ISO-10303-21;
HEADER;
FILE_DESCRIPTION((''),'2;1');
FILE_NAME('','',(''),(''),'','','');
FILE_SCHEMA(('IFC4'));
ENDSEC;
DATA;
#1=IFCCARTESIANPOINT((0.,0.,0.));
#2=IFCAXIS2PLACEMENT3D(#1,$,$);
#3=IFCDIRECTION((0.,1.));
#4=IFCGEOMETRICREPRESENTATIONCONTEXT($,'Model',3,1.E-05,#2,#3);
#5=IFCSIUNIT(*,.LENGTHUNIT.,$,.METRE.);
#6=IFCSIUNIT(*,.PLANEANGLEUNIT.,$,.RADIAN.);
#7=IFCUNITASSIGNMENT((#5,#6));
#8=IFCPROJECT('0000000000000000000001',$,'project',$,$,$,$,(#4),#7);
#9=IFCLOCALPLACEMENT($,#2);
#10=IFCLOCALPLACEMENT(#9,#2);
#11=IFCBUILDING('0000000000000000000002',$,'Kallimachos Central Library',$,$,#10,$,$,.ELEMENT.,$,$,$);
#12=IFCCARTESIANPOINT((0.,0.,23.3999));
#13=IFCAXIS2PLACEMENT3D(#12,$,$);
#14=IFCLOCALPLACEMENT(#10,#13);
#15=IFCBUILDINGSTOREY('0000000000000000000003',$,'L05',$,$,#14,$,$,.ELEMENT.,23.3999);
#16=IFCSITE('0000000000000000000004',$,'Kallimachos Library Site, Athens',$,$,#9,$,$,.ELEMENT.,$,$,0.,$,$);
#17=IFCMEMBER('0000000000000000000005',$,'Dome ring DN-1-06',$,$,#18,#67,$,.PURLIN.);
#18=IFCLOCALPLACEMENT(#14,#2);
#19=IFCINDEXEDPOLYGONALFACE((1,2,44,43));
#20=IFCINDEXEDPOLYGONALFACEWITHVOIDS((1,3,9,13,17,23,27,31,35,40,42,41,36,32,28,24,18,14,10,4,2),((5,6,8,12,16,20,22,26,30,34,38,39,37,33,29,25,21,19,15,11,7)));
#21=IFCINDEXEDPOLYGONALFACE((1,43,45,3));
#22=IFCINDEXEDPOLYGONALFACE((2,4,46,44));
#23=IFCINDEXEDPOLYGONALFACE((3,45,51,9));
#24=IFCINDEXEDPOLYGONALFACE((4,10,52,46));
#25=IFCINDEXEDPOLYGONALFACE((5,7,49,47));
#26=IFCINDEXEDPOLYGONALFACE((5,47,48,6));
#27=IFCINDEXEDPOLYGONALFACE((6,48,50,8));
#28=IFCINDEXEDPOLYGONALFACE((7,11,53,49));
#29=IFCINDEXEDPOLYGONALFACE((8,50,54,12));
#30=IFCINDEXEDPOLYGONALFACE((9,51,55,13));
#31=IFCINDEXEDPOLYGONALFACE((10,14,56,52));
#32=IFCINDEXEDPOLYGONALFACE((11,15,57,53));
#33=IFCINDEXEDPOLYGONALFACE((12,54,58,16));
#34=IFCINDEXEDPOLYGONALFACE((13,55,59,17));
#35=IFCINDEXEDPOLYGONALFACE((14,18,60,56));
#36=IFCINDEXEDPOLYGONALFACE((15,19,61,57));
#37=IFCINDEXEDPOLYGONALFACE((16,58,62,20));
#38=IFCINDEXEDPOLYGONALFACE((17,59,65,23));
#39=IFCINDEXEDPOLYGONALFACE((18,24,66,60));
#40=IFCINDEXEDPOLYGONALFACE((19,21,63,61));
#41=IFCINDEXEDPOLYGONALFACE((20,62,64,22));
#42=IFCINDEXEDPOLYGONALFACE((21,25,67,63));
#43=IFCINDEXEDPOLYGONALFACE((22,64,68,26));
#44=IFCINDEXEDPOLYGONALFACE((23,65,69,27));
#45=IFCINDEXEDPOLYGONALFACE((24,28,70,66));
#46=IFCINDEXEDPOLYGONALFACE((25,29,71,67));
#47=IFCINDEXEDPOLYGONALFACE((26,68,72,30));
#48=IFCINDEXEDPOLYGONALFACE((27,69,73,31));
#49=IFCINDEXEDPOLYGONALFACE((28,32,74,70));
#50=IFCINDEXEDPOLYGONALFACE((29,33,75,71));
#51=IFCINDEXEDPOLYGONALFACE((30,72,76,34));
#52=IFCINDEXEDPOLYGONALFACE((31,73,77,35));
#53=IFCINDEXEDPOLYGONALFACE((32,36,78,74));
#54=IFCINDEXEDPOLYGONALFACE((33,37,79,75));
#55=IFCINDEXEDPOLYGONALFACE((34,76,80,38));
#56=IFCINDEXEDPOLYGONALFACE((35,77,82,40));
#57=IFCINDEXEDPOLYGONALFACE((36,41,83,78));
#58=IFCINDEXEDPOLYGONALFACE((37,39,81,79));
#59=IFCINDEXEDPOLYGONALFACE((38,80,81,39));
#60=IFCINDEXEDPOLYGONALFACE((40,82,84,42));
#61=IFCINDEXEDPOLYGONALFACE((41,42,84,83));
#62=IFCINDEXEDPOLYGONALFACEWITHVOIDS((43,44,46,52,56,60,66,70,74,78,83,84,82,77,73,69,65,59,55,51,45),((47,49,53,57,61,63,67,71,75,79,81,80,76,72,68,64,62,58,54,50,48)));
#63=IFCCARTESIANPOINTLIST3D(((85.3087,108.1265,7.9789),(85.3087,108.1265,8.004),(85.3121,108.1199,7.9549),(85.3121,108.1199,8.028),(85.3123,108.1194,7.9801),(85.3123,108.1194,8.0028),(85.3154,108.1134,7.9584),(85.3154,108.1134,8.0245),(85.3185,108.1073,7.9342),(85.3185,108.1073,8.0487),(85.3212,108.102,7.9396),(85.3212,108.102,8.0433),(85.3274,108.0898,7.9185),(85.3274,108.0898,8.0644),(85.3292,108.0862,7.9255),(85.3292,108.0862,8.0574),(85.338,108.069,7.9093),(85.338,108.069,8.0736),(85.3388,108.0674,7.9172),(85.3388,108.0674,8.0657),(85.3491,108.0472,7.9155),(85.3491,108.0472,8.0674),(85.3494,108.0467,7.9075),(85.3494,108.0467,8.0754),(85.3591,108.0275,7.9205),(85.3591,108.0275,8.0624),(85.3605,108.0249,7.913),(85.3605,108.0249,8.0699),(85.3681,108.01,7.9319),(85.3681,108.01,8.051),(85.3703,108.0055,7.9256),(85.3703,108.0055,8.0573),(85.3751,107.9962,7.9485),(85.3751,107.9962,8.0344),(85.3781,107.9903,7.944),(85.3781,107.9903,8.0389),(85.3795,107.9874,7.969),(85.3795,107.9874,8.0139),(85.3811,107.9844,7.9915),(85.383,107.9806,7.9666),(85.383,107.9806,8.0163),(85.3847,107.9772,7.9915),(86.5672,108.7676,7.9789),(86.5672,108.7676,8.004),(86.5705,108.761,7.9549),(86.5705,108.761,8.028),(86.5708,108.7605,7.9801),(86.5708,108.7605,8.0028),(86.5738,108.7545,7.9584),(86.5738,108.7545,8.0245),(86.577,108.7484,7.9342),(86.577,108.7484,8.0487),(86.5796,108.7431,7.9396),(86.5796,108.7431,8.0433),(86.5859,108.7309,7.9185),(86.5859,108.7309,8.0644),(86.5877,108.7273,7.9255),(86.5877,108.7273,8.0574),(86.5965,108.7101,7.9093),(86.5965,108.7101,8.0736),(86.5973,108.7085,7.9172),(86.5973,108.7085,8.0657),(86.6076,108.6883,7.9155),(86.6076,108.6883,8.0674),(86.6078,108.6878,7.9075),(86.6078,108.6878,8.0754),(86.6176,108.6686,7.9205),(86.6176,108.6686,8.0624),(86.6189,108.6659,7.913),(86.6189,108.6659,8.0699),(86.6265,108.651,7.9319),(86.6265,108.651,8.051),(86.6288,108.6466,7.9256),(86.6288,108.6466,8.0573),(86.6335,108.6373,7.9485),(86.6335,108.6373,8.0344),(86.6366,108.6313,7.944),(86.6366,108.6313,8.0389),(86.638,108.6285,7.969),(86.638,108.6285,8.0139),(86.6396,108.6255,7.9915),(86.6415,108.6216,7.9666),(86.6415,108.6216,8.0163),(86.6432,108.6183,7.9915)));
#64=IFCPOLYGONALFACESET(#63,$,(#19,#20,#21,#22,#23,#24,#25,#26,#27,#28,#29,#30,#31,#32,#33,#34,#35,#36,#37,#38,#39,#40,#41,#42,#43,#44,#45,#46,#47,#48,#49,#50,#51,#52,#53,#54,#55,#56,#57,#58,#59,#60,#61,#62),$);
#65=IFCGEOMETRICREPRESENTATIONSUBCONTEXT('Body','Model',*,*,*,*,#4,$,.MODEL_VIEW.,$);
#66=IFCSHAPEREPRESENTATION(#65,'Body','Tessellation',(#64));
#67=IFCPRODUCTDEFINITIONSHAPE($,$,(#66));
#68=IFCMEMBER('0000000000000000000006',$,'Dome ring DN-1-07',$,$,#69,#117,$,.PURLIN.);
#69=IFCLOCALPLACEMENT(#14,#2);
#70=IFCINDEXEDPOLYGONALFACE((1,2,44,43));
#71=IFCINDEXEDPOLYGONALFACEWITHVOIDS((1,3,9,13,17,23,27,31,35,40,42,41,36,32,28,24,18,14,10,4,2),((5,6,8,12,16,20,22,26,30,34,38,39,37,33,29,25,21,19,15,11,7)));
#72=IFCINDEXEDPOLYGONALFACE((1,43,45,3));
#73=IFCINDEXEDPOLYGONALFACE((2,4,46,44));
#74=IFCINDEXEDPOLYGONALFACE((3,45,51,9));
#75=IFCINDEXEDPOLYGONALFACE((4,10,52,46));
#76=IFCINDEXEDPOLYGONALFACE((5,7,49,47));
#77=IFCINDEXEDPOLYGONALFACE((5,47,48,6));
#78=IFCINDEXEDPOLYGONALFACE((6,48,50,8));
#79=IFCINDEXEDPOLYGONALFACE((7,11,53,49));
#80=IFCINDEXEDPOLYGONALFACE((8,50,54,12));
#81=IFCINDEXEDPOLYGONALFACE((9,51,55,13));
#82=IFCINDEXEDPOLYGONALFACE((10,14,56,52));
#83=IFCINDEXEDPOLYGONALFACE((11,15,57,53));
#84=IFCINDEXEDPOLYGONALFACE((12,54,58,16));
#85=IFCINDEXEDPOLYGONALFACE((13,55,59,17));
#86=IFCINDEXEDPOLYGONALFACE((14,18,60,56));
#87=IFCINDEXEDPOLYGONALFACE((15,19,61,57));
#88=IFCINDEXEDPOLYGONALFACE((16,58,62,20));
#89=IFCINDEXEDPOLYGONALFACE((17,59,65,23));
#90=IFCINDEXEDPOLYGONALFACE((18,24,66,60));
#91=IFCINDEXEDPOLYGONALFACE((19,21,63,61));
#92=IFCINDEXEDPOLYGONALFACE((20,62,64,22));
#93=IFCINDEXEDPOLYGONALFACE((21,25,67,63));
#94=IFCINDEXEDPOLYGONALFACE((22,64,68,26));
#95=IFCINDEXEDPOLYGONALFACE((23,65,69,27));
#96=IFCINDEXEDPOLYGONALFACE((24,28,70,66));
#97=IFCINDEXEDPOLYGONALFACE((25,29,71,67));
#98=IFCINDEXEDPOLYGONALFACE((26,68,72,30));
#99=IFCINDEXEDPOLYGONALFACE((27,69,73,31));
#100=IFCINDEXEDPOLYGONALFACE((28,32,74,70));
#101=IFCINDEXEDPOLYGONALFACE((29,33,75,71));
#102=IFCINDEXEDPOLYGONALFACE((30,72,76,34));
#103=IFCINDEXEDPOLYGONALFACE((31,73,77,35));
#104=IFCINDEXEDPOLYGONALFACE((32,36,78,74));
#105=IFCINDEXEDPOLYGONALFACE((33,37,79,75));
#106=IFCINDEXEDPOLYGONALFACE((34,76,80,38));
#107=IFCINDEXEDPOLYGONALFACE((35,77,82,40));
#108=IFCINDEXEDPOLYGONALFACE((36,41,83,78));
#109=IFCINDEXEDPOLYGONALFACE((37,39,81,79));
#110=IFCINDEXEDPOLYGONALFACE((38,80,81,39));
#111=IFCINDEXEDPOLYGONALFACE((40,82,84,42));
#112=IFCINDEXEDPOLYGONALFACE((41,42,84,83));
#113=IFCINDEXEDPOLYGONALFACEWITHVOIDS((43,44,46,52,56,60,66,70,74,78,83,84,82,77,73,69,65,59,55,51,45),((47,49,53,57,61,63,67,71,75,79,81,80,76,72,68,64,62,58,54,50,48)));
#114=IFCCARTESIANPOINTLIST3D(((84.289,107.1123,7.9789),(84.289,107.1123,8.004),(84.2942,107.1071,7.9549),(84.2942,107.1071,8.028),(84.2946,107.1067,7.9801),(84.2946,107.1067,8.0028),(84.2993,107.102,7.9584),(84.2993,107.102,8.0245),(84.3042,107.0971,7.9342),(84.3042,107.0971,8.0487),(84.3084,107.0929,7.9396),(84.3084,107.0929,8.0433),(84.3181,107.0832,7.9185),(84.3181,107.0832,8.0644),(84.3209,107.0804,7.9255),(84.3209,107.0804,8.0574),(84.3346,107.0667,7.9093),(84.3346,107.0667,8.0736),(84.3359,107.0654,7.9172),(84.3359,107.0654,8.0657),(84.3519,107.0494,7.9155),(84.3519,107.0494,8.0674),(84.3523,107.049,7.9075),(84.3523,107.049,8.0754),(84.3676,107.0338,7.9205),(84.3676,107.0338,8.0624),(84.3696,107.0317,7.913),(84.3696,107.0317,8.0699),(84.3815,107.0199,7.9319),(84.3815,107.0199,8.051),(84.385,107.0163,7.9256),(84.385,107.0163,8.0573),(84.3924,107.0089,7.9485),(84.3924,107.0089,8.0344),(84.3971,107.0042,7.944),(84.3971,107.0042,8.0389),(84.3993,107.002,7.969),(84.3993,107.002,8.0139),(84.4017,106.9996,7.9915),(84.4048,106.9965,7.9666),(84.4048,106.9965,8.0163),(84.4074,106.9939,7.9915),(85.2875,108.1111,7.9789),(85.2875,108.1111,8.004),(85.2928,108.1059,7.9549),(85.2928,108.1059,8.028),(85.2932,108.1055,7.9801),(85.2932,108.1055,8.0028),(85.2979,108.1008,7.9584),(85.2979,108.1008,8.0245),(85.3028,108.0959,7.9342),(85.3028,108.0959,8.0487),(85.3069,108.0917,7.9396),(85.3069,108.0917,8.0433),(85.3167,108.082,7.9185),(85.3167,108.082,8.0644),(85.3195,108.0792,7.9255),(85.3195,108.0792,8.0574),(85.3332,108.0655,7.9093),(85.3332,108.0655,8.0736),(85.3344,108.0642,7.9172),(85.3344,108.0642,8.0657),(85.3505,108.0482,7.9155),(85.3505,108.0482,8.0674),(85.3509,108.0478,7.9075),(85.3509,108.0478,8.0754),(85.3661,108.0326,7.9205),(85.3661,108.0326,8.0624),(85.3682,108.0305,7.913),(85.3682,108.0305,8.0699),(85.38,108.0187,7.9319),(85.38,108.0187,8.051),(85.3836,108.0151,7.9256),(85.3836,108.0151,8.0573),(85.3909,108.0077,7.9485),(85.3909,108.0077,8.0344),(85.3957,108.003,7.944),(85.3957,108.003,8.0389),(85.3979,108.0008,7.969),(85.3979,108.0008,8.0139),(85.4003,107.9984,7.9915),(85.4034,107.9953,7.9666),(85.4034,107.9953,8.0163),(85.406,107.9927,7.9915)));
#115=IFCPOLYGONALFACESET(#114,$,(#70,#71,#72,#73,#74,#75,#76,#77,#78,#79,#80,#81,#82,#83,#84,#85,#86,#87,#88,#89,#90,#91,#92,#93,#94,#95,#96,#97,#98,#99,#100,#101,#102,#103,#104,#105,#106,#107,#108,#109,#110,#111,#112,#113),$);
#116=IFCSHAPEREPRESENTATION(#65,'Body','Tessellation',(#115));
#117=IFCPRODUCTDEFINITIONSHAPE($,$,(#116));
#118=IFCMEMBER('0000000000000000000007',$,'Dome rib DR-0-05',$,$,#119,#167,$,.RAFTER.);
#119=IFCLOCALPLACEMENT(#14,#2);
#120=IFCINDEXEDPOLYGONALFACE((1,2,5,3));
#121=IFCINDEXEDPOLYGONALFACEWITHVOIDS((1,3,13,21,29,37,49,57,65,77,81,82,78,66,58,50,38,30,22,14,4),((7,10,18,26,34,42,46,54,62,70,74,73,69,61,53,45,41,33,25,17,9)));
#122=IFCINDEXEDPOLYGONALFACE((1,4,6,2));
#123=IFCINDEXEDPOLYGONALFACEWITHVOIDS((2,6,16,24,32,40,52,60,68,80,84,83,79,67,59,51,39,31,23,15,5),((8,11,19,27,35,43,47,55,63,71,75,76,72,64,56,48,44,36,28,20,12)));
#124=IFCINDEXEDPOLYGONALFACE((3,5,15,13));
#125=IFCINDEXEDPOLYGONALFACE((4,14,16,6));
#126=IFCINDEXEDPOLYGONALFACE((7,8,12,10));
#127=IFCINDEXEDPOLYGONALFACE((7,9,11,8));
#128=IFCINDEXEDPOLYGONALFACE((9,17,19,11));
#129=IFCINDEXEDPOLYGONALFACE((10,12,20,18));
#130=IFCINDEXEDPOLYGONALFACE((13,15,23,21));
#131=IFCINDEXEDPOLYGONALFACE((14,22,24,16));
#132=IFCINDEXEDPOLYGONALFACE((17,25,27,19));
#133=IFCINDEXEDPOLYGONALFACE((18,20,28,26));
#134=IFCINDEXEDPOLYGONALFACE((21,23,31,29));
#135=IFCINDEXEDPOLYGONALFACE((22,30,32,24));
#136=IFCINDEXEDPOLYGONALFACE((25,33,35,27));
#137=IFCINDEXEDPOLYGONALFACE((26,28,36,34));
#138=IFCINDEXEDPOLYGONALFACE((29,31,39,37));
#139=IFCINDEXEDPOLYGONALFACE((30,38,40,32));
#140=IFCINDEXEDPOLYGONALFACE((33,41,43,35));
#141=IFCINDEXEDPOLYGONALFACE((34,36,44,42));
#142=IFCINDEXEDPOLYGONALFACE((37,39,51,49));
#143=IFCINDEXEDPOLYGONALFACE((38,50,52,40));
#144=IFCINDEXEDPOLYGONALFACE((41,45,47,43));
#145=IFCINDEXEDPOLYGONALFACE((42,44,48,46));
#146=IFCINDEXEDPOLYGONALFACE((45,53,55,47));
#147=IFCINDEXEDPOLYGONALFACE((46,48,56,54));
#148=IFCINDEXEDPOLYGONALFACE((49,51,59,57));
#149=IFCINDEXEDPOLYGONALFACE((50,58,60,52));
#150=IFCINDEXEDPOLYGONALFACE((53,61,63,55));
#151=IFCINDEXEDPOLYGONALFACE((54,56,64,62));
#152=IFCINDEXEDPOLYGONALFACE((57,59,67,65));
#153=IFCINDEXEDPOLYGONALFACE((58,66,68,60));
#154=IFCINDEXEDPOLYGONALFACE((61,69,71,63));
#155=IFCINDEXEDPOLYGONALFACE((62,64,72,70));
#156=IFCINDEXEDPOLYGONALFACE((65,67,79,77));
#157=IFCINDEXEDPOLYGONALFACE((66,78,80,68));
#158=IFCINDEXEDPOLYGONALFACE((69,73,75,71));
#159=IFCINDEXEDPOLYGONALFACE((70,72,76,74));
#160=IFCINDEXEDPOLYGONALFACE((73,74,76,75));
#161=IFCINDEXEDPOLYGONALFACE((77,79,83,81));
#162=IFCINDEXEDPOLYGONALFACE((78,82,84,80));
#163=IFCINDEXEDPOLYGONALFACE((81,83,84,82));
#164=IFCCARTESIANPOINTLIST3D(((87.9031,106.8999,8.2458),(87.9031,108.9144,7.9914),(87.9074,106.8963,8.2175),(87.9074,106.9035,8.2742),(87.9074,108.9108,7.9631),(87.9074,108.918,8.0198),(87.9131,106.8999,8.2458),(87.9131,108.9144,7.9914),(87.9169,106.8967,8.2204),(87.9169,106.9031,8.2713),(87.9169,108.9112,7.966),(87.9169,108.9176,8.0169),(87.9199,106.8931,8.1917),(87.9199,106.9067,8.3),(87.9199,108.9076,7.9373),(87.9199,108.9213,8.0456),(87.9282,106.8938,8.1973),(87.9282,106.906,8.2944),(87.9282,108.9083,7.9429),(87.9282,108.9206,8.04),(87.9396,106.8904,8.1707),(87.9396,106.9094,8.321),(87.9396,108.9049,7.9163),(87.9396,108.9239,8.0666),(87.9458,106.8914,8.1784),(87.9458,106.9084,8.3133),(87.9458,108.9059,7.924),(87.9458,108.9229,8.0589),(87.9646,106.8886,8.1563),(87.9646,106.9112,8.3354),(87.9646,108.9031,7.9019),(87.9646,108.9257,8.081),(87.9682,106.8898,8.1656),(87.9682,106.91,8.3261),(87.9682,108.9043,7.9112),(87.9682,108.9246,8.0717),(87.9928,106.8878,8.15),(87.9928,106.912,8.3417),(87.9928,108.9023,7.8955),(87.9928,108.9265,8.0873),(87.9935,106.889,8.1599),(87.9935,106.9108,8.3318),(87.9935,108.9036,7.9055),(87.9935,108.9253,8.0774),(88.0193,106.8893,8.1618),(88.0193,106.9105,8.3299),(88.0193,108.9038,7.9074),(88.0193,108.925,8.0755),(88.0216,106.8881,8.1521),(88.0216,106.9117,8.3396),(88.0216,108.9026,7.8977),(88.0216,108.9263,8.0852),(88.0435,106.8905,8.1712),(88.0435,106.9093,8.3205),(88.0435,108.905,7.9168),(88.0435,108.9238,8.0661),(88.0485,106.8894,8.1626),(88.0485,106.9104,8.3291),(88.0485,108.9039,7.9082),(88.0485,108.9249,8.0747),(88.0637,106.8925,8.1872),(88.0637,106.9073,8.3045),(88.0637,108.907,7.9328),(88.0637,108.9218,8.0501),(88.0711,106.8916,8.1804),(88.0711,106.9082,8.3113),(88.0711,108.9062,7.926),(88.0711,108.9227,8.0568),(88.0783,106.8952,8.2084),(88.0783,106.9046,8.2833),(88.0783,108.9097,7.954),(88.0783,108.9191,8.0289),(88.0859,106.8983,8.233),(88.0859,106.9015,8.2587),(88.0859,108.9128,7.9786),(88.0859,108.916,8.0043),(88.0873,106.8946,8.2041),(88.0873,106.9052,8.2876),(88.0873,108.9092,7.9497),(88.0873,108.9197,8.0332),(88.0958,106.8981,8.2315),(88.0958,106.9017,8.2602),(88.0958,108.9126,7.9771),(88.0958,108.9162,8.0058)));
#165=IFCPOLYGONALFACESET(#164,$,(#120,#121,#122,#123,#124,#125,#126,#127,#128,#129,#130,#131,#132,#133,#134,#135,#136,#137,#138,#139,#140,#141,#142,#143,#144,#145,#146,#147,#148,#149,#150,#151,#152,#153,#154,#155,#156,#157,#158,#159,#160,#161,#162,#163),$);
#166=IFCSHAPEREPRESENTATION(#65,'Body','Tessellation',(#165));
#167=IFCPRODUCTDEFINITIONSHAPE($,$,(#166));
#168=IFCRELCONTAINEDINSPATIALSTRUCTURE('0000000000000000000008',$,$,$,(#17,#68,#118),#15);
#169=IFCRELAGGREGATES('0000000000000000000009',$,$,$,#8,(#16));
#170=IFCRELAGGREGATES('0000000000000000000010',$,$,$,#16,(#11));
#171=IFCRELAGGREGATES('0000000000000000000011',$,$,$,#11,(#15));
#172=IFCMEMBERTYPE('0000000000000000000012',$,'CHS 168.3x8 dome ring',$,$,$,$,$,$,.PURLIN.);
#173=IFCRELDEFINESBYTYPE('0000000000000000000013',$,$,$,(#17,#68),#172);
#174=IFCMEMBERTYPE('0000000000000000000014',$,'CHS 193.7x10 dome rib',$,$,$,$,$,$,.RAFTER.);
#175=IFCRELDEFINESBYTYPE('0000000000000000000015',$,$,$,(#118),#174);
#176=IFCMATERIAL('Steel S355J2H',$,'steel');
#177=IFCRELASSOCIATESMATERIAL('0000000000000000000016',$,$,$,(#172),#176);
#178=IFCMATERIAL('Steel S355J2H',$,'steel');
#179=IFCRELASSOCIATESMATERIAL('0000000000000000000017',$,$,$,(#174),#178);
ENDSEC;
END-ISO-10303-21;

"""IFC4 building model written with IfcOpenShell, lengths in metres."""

from ifc_helpers import new_model, si_unit, direction, frame, origin, origin_2d, place, context, subcontext, project, spatial, hollow_circle, extrude, material, material_profile, profile_set, type_object, element, save


model = new_model("IFC4")

# Units and contexts
model_context = context("Model", 3, precision=1e-05, world=origin(), true_north=direction((0.0, 1.0)))
body_context = subcontext(model_context, "Body", "Model", "MODEL_VIEW")
ifc_project = project(units=[si_unit("LENGTHUNIT", "METRE"), si_unit("PLANEANGLEUNIT", "RADIAN")], contexts=[model_context])

# Site, building, storey
site_placement = place(None, origin())
site = spatial("IfcSite", under=ifc_project, at=site_placement, Name="Kallimachos Library Site, Athens", CompositionType="ELEMENT", RefElevation=0.0)
building_placement = place(site_placement, origin())
building = spatial("IfcBuilding", under=site, at=building_placement, Name="Kallimachos Central Library", CompositionType="ELEMENT")
storey_placement = place(building_placement, frame((0.0, 0.0, 23.3999)))
storey = spatial("IfcBuildingStorey", under=building, at=storey_placement, Name="L05", CompositionType="ELEMENT", Elevation=23.3999)

# Members
ifc_material_1 = material(Name="Steel S355J2H", Category="steel")
ifc_material_profile_1 = material_profile(ifc_material_1, hollow_circle(Radius=0.0842, WallThickness=0.0081, at=origin_2d()), Name="CHS 168.3x8")
ifc_profile_set_1 = profile_set([ifc_material_profile_1], Name="Steel S355J2H")
member_type_1 = type_object("IfcMemberType", Name="CHS 168.3x8 dome ring", PredefinedType="PURLIN", material=ifc_profile_set_1)
for number, where, z_axis, x_axis, name in (
    (1, (86.605, 108.6934, 7.9915), (-0.891049, -0.453908, 0.0), (0.453908, -0.891049, 0.0), "Dome ring DN-1-06"),
    (2, (85.3464, 108.0522, 7.9915), (-0.70702, -0.707193, 0.0), (0.707193, -0.70702, 0.0), "Dome ring DN-1-07"),
):
    element("IfcMember", number, at=place(storey_placement, frame(where, z_axis=z_axis, x_axis=x_axis)), inside=storey, type_object=member_type_1, Name=name, PredefinedType="PURLIN", context=body_context, shape_type="SweptSolid", body=[
        extrude(hollow_circle(Radius=0.0842, WallThickness=0.0081, at=origin_2d()), origin(), (0.0, 0.0, 1.0), 1.4124),
    ])
ifc_material_2 = material(Name="Steel S355J2H", Category="steel")
ifc_material_profile_2 = material_profile(ifc_material_2, hollow_circle(Radius=0.0969, WallThickness=0.01, at=origin_2d()), Name="CHS 193.7x10")
ifc_profile_set_2 = profile_set([ifc_material_profile_2], Name="Steel S355J2H")
member_type_2 = type_object("IfcMemberType", Name="CHS 193.7x10 dome rib", PredefinedType="RAFTER", material=ifc_profile_set_2)
member_1_placement = place(storey_placement, frame((88.0, 106.8999, 8.2458), z_axis=(0.0, 0.99212, -0.125293), x_axis=(-1.0, 0.0, 0.0)))
element("IfcMember", 3, at=member_1_placement, inside=storey, type_object=member_type_2, Name="Dome rib DR-0-05", PredefinedType="RAFTER", context=body_context, shape_type="SweptSolid", body=[
    extrude(hollow_circle(Radius=0.0969, WallThickness=0.01, at=origin_2d()), origin(), (0.0, 0.0, 1.0), 2.0305),
])

save(model, "model.ifc")
